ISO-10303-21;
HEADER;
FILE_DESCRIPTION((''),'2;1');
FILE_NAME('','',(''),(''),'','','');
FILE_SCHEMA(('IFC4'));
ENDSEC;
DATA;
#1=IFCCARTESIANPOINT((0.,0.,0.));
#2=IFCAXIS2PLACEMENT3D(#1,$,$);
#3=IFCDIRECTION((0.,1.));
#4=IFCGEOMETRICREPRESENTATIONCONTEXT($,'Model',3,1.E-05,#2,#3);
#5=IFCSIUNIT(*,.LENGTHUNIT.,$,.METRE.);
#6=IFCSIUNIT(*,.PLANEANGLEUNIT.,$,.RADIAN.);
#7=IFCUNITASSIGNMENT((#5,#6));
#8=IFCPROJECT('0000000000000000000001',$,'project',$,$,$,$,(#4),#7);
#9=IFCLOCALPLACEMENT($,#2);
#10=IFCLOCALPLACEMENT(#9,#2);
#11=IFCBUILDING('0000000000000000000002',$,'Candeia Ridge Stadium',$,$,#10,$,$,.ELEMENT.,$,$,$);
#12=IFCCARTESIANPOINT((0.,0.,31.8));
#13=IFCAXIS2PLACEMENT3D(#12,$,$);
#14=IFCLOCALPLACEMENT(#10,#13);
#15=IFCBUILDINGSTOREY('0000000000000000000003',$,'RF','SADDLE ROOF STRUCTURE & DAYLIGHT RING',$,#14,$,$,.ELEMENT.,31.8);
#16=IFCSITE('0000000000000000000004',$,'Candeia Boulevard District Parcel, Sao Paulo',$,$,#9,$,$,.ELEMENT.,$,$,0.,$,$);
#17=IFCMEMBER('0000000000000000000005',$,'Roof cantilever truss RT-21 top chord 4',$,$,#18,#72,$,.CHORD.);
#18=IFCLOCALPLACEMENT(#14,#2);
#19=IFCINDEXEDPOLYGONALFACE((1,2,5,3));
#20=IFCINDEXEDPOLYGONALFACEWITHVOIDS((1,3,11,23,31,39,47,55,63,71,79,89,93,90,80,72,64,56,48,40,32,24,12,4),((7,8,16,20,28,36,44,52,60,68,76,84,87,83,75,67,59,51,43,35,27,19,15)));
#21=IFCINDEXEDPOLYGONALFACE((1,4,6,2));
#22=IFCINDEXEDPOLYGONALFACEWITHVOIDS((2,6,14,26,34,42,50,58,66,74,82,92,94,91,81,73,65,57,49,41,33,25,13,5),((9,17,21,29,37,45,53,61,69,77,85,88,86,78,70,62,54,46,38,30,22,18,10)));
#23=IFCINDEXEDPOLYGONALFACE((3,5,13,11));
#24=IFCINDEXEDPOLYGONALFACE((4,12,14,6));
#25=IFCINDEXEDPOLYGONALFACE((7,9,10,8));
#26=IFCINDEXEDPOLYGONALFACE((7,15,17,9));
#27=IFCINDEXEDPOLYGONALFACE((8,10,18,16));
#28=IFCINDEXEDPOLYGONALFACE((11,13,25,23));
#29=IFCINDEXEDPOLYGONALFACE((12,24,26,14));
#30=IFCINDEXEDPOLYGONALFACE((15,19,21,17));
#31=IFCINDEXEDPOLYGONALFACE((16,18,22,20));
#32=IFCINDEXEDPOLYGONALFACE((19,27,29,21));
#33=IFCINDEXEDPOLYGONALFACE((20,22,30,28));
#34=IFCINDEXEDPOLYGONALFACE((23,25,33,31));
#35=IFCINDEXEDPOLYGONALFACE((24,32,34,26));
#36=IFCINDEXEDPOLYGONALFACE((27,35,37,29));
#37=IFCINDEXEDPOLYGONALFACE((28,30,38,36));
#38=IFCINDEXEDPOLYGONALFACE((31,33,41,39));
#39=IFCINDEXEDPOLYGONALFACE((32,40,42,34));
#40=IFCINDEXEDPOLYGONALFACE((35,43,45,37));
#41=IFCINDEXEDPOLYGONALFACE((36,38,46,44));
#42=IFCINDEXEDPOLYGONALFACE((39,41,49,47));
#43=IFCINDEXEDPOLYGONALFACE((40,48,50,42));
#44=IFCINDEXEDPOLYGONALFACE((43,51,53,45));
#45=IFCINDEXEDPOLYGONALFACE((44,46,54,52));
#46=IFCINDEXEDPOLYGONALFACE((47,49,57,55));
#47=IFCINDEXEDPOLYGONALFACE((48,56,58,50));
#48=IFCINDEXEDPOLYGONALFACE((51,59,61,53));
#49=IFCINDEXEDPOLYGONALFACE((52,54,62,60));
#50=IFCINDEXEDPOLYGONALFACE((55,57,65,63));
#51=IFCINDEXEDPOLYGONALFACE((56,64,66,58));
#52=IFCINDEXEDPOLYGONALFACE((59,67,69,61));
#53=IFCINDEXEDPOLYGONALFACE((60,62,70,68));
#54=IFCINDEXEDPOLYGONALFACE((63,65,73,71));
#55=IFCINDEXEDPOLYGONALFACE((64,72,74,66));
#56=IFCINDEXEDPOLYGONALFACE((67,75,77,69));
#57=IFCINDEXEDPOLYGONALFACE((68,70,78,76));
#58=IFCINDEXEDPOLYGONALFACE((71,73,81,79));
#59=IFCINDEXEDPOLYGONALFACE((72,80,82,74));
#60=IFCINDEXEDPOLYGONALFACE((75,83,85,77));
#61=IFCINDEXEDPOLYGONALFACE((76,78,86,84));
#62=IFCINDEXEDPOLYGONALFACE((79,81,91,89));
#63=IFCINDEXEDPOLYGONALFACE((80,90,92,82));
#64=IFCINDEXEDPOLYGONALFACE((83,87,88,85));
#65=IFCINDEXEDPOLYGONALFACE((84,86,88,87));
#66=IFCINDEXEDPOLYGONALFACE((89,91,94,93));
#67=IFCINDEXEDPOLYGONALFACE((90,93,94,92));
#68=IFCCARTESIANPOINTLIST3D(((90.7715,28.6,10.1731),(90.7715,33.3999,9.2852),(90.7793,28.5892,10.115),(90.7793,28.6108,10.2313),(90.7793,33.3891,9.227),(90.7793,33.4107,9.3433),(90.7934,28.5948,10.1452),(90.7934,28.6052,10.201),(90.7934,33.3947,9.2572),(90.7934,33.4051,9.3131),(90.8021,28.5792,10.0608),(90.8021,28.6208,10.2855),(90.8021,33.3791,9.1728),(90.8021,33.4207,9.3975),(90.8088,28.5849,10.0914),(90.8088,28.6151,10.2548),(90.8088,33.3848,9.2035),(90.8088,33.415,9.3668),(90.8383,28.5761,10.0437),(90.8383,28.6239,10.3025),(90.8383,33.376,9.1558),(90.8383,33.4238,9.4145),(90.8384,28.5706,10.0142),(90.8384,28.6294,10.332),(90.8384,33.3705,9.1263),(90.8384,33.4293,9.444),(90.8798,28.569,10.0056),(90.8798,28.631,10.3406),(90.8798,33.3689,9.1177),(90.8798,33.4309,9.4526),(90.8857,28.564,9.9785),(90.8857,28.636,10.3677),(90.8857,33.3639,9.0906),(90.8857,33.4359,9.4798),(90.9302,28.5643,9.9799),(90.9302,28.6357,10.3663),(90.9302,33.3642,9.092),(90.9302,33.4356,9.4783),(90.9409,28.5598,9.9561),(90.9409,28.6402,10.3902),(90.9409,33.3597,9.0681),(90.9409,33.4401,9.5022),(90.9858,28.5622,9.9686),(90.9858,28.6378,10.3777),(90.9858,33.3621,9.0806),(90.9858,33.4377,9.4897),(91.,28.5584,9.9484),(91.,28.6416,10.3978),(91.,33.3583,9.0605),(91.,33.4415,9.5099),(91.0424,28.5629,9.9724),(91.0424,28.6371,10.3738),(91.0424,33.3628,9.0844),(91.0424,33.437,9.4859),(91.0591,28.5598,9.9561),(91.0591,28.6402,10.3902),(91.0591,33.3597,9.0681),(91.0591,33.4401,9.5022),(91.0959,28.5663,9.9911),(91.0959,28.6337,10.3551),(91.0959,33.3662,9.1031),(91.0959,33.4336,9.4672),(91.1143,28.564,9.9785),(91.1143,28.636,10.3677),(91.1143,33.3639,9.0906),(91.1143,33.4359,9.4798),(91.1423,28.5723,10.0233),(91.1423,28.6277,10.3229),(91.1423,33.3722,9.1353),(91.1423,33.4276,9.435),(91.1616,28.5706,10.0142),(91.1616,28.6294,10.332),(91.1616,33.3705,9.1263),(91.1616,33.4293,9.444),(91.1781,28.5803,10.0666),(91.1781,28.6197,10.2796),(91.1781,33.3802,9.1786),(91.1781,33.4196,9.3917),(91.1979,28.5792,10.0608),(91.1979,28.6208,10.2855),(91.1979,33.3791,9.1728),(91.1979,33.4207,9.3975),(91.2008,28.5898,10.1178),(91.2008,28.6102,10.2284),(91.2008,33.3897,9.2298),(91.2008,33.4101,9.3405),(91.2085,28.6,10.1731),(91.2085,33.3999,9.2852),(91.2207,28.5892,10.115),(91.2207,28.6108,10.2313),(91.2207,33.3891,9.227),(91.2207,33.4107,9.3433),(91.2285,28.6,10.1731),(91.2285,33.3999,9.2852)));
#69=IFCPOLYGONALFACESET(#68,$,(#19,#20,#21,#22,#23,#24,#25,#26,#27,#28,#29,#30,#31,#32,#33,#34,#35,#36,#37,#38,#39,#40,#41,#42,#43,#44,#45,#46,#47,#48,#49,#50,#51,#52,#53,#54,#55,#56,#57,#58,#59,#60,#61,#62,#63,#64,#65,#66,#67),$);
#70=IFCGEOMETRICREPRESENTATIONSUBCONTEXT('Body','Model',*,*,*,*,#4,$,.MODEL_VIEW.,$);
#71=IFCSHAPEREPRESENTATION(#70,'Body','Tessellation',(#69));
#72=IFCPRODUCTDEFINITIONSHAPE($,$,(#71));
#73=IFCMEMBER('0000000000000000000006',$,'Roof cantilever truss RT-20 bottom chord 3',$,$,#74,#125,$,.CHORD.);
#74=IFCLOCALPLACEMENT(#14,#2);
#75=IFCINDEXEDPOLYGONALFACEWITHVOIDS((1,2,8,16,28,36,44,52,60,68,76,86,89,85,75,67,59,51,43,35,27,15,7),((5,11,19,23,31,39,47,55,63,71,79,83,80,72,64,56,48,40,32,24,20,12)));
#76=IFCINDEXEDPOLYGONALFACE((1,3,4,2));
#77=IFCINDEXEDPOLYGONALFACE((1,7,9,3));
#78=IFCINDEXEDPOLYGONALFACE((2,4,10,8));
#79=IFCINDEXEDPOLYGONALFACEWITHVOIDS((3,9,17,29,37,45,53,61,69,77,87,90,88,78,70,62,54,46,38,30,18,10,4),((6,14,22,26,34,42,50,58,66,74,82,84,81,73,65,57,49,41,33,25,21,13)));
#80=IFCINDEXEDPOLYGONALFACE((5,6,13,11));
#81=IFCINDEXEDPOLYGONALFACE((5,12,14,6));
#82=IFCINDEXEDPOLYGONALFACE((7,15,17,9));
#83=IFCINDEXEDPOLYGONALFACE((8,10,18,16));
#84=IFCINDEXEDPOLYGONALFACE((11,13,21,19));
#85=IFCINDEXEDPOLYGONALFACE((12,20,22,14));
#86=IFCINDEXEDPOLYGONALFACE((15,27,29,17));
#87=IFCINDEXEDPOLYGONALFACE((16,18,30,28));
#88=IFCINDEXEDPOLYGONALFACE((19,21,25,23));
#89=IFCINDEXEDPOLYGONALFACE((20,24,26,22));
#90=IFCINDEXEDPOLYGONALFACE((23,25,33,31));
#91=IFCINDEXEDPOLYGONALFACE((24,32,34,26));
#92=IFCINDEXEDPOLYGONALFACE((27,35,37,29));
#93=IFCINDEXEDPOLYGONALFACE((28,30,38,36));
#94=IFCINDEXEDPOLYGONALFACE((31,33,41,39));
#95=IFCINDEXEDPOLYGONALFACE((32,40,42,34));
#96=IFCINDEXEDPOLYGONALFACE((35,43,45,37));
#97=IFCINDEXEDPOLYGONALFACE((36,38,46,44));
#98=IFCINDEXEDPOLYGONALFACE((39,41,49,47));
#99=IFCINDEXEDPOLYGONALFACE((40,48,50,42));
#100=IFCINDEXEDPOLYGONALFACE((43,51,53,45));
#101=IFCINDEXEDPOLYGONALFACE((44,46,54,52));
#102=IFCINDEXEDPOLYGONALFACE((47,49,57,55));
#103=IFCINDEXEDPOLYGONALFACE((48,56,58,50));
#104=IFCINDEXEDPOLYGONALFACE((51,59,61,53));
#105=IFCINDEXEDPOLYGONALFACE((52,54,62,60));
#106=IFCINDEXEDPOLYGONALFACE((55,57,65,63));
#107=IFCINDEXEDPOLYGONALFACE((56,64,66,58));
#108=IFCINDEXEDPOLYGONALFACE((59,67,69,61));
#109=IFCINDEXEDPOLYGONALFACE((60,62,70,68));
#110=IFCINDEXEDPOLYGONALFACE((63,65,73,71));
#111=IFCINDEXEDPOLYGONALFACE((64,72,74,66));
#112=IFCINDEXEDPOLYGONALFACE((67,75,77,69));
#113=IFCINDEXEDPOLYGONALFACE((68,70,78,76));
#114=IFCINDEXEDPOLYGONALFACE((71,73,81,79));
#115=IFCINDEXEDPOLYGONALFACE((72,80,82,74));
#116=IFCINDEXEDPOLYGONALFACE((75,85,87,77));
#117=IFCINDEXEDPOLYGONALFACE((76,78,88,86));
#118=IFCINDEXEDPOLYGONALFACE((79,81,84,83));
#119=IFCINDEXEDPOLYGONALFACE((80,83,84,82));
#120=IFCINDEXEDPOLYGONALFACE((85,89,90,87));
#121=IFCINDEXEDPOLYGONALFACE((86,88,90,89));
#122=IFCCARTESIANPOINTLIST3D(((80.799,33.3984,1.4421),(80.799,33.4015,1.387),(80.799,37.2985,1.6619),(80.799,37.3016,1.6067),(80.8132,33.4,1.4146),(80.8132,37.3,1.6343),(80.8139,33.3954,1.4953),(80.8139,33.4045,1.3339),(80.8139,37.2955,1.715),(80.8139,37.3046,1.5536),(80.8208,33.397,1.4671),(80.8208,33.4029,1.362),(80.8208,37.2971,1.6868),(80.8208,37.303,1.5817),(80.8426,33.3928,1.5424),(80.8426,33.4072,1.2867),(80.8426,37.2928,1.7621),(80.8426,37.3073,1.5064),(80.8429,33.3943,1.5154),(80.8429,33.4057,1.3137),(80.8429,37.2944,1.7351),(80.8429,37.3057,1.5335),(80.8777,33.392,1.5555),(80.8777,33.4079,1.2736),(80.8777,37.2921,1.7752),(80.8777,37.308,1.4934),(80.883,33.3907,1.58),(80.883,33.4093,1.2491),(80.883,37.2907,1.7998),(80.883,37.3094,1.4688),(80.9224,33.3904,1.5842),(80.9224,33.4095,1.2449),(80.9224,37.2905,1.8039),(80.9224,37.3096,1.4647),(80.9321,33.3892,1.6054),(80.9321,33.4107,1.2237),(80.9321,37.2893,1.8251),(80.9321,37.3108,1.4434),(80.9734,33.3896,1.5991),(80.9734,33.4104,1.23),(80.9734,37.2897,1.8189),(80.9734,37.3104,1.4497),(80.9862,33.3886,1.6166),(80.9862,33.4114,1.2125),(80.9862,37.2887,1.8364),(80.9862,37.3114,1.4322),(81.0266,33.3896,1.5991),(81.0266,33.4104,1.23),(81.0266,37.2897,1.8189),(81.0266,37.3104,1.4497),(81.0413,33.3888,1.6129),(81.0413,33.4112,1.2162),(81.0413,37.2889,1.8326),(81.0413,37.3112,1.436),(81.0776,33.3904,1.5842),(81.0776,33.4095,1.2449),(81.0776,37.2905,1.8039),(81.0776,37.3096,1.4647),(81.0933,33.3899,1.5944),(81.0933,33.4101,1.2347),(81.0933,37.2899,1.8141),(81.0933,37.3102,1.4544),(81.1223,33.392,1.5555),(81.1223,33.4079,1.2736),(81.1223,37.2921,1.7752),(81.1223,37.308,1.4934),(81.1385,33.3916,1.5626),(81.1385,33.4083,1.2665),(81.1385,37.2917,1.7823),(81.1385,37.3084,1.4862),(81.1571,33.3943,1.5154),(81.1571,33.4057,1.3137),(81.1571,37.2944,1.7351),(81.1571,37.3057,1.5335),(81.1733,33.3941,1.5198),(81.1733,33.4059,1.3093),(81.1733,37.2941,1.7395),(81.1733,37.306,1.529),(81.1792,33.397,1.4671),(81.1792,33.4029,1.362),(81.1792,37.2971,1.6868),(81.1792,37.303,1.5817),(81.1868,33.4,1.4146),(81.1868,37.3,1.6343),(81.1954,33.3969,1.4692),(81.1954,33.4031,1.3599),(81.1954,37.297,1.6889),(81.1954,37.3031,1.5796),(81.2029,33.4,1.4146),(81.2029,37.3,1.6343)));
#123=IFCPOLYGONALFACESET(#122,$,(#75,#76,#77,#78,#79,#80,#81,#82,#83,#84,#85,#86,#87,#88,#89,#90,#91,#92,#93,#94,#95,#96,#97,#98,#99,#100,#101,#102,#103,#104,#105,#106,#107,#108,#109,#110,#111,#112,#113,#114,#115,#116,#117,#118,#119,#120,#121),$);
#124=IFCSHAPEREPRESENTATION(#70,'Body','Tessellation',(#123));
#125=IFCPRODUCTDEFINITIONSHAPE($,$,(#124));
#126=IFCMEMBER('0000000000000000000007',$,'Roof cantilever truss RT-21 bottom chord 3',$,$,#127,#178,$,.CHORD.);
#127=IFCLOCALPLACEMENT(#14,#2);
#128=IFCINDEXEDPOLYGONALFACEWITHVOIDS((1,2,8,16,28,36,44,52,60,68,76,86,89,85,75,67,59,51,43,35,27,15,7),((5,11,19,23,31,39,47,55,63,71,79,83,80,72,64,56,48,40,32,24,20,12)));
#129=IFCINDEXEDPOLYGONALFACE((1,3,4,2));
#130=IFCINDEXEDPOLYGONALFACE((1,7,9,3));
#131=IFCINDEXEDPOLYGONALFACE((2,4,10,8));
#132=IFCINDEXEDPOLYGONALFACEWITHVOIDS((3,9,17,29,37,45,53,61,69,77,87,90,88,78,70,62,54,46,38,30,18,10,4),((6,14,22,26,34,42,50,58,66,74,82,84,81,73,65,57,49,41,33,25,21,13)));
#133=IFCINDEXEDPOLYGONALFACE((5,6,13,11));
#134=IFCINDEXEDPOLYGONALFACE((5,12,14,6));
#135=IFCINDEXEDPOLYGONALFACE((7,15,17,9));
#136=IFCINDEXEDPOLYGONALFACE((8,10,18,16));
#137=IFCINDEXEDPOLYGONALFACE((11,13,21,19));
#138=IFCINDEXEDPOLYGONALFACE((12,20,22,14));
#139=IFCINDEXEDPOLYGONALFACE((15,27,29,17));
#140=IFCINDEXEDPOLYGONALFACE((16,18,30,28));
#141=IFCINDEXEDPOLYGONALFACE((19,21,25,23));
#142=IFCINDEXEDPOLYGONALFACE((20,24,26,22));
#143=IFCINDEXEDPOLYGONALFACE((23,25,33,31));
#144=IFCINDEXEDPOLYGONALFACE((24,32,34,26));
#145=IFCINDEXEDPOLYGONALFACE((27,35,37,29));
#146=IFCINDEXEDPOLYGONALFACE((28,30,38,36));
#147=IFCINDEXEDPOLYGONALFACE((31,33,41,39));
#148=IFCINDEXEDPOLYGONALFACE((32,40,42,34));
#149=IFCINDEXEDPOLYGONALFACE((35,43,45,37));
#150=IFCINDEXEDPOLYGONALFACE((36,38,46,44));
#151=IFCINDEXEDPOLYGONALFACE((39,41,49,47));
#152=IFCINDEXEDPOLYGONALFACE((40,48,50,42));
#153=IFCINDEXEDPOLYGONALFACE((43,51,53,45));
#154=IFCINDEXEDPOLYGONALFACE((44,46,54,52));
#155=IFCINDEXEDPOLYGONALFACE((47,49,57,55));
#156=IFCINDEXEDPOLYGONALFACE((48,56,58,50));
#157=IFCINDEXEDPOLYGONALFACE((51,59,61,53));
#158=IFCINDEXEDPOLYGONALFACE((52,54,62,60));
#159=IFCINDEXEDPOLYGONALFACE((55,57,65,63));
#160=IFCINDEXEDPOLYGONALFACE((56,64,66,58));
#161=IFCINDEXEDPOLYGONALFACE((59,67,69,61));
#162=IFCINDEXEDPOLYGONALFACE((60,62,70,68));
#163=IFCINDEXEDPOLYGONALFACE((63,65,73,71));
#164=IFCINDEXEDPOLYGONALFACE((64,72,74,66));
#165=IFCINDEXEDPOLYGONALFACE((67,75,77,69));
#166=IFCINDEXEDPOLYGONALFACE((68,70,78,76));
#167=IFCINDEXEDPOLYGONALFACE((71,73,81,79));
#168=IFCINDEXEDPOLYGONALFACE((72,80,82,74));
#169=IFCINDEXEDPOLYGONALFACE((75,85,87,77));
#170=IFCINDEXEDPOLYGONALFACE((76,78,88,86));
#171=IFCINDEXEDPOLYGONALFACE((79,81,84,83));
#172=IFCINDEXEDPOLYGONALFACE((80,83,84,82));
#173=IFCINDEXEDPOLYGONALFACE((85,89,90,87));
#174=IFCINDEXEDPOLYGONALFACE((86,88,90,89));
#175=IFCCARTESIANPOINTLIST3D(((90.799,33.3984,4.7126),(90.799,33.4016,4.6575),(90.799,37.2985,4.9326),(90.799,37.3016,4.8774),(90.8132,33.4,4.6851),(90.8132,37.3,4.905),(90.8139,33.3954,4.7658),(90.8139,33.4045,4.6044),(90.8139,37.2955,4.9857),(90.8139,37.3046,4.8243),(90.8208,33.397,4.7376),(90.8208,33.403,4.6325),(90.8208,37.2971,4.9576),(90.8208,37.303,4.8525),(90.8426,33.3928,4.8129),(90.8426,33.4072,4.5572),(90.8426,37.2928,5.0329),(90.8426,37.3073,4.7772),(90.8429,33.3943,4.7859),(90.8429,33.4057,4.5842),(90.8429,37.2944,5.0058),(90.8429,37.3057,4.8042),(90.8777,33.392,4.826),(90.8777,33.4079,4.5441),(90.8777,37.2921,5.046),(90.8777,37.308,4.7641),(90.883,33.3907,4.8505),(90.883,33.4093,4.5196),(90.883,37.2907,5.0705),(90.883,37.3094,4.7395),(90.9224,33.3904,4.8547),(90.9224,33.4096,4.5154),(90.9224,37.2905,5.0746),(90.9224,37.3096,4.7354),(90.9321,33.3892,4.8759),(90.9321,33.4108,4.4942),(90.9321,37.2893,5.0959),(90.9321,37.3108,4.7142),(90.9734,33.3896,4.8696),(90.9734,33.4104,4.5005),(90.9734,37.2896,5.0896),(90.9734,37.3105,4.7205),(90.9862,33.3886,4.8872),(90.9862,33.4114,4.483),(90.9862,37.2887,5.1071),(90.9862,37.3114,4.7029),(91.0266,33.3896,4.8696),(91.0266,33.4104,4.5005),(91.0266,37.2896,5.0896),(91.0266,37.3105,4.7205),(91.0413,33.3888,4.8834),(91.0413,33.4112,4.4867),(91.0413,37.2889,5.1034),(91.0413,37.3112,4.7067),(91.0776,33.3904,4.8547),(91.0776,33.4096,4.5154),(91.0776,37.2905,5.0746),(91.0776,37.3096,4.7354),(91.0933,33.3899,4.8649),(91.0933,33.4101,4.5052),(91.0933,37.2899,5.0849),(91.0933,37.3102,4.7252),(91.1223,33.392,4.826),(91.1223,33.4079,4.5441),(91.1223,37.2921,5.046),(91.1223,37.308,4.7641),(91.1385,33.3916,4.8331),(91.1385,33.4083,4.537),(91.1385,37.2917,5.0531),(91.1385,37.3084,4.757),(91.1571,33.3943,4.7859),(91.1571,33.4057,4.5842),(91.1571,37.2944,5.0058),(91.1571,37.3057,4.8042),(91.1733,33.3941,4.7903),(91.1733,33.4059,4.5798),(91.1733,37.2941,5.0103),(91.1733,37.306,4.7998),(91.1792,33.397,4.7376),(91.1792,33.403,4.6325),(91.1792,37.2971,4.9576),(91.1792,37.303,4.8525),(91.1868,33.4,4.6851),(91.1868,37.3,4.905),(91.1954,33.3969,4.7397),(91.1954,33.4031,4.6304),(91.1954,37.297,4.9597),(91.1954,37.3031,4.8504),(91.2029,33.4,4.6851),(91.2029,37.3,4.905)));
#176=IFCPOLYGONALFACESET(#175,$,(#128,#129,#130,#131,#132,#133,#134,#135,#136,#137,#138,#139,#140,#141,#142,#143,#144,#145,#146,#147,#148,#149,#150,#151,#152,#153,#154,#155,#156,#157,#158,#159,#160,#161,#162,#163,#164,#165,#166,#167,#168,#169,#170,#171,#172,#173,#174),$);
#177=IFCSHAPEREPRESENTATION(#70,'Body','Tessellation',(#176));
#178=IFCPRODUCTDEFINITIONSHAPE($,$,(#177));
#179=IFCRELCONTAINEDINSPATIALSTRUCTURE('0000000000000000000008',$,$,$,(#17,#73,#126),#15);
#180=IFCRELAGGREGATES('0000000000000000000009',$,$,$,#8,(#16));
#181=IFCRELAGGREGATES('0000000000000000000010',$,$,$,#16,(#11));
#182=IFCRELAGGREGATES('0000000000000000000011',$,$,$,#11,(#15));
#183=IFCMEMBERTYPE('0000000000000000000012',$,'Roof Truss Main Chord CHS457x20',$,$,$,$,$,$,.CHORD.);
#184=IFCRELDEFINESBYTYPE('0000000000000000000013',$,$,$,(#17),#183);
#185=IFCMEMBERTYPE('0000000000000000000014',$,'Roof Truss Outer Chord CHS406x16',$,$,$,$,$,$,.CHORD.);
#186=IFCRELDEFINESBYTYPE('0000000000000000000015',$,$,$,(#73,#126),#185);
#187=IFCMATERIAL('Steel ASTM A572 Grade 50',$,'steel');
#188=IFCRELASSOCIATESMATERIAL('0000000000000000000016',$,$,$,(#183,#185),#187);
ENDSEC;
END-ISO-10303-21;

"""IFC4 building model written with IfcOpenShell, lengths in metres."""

from ifc_helpers import new_model, si_unit, direction, frame, origin, origin_2d, place, context, subcontext, project, spatial, hollow_circle, extrude, material, material_profile, profile_set, type_object, element, save


model = new_model("IFC4")

# Units and contexts
model_context = context("Model", 3, precision=1e-05, world=origin(), true_north=direction((0.0, 1.0)))
body_context = subcontext(model_context, "Body", "Model", "MODEL_VIEW")
ifc_project = project(units=[si_unit("LENGTHUNIT", "METRE"), si_unit("PLANEANGLEUNIT", "RADIAN")], contexts=[model_context])

# Site, building, storey
site_placement = place(None, origin())
site = spatial("IfcSite", under=ifc_project, at=site_placement, Name="Candeia Boulevard District Parcel, Sao Paulo", CompositionType="ELEMENT", RefElevation=0.0)
building_placement = place(site_placement, origin())
building = spatial("IfcBuilding", under=site, at=building_placement, Name="Candeia Ridge Stadium", CompositionType="ELEMENT")
storey_placement = place(building_placement, frame((0.0, 0.0, 31.8)))
storey = spatial("IfcBuildingStorey", under=building, at=storey_placement, Name="RF", Description="SADDLE ROOF STRUCTURE & DAYLIGHT RING", CompositionType="ELEMENT", Elevation=31.8)

# Shared definitions
ifc_material_1 = material(Name="Steel ASTM A572 Grade 50", Category="steel")

# Members
ifc_material_profile_1 = material_profile(ifc_material_1, hollow_circle(Radius=0.2285, WallThickness=0.02, at=origin_2d()), Name="CHS457x20", Category="steel")
ifc_profile_set_1 = profile_set([ifc_material_profile_1], Name="Steel ASTM A572 Grade 50")
member_type_1 = type_object("IfcMemberType", Name="Roof Truss Main Chord CHS457x20", PredefinedType="CHORD", material=ifc_profile_set_1)
member_1_placement = place(storey_placement, frame((91.0, 33.3999, 9.2852), z_axis=(0.0, -0.983315, 0.181908), x_axis=(1.0, 0.0, 0.0)))
element("IfcMember", 1, at=member_1_placement, inside=storey, type_object=member_type_1, Name="Roof cantilever truss RT-21 top chord 4", PredefinedType="CHORD", context=body_context, shape_type="SweptSolid", body=[
    extrude(hollow_circle(Radius=0.2285, WallThickness=0.02, at=origin_2d()), origin(), (0.0, 0.0, 1.0), 4.8813),
])
ifc_material_profile_2 = material_profile(ifc_material_1, hollow_circle(Radius=0.2029, WallThickness=0.0161, at=origin_2d()), Name="CHS406x16", Category="steel")
ifc_profile_set_2 = profile_set([ifc_material_profile_2], Name="Steel ASTM A572 Grade 50")
member_type_2 = type_object("IfcMemberType", Name="Roof Truss Outer Chord CHS406x16", PredefinedType="CHORD", material=ifc_profile_set_2)
for number, where, z_axis, x_axis, name in (
    (2, (81.0, 37.3, 1.6343), (0.0, -0.998417, -0.056249), (1.0, 0.0, 0.0), "Roof cantilever truss RT-20 bottom chord 3"),
    (3, (91.0, 37.3, 4.905), (0.0, -0.998413, -0.056311), (1.0, 0.0, 0.0), "Roof cantilever truss RT-21 bottom chord 3"),
):
    element("IfcMember", number, at=place(storey_placement, frame(where, z_axis=z_axis, x_axis=x_axis)), inside=storey, type_object=member_type_2, Name=name, PredefinedType="CHORD", context=body_context, shape_type="SweptSolid", body=[
        extrude(hollow_circle(Radius=0.2029, WallThickness=0.0161, at=origin_2d()), origin(), (0.0, 0.0, 1.0), 3.9062),
    ])

save(model, "model.ifc")
